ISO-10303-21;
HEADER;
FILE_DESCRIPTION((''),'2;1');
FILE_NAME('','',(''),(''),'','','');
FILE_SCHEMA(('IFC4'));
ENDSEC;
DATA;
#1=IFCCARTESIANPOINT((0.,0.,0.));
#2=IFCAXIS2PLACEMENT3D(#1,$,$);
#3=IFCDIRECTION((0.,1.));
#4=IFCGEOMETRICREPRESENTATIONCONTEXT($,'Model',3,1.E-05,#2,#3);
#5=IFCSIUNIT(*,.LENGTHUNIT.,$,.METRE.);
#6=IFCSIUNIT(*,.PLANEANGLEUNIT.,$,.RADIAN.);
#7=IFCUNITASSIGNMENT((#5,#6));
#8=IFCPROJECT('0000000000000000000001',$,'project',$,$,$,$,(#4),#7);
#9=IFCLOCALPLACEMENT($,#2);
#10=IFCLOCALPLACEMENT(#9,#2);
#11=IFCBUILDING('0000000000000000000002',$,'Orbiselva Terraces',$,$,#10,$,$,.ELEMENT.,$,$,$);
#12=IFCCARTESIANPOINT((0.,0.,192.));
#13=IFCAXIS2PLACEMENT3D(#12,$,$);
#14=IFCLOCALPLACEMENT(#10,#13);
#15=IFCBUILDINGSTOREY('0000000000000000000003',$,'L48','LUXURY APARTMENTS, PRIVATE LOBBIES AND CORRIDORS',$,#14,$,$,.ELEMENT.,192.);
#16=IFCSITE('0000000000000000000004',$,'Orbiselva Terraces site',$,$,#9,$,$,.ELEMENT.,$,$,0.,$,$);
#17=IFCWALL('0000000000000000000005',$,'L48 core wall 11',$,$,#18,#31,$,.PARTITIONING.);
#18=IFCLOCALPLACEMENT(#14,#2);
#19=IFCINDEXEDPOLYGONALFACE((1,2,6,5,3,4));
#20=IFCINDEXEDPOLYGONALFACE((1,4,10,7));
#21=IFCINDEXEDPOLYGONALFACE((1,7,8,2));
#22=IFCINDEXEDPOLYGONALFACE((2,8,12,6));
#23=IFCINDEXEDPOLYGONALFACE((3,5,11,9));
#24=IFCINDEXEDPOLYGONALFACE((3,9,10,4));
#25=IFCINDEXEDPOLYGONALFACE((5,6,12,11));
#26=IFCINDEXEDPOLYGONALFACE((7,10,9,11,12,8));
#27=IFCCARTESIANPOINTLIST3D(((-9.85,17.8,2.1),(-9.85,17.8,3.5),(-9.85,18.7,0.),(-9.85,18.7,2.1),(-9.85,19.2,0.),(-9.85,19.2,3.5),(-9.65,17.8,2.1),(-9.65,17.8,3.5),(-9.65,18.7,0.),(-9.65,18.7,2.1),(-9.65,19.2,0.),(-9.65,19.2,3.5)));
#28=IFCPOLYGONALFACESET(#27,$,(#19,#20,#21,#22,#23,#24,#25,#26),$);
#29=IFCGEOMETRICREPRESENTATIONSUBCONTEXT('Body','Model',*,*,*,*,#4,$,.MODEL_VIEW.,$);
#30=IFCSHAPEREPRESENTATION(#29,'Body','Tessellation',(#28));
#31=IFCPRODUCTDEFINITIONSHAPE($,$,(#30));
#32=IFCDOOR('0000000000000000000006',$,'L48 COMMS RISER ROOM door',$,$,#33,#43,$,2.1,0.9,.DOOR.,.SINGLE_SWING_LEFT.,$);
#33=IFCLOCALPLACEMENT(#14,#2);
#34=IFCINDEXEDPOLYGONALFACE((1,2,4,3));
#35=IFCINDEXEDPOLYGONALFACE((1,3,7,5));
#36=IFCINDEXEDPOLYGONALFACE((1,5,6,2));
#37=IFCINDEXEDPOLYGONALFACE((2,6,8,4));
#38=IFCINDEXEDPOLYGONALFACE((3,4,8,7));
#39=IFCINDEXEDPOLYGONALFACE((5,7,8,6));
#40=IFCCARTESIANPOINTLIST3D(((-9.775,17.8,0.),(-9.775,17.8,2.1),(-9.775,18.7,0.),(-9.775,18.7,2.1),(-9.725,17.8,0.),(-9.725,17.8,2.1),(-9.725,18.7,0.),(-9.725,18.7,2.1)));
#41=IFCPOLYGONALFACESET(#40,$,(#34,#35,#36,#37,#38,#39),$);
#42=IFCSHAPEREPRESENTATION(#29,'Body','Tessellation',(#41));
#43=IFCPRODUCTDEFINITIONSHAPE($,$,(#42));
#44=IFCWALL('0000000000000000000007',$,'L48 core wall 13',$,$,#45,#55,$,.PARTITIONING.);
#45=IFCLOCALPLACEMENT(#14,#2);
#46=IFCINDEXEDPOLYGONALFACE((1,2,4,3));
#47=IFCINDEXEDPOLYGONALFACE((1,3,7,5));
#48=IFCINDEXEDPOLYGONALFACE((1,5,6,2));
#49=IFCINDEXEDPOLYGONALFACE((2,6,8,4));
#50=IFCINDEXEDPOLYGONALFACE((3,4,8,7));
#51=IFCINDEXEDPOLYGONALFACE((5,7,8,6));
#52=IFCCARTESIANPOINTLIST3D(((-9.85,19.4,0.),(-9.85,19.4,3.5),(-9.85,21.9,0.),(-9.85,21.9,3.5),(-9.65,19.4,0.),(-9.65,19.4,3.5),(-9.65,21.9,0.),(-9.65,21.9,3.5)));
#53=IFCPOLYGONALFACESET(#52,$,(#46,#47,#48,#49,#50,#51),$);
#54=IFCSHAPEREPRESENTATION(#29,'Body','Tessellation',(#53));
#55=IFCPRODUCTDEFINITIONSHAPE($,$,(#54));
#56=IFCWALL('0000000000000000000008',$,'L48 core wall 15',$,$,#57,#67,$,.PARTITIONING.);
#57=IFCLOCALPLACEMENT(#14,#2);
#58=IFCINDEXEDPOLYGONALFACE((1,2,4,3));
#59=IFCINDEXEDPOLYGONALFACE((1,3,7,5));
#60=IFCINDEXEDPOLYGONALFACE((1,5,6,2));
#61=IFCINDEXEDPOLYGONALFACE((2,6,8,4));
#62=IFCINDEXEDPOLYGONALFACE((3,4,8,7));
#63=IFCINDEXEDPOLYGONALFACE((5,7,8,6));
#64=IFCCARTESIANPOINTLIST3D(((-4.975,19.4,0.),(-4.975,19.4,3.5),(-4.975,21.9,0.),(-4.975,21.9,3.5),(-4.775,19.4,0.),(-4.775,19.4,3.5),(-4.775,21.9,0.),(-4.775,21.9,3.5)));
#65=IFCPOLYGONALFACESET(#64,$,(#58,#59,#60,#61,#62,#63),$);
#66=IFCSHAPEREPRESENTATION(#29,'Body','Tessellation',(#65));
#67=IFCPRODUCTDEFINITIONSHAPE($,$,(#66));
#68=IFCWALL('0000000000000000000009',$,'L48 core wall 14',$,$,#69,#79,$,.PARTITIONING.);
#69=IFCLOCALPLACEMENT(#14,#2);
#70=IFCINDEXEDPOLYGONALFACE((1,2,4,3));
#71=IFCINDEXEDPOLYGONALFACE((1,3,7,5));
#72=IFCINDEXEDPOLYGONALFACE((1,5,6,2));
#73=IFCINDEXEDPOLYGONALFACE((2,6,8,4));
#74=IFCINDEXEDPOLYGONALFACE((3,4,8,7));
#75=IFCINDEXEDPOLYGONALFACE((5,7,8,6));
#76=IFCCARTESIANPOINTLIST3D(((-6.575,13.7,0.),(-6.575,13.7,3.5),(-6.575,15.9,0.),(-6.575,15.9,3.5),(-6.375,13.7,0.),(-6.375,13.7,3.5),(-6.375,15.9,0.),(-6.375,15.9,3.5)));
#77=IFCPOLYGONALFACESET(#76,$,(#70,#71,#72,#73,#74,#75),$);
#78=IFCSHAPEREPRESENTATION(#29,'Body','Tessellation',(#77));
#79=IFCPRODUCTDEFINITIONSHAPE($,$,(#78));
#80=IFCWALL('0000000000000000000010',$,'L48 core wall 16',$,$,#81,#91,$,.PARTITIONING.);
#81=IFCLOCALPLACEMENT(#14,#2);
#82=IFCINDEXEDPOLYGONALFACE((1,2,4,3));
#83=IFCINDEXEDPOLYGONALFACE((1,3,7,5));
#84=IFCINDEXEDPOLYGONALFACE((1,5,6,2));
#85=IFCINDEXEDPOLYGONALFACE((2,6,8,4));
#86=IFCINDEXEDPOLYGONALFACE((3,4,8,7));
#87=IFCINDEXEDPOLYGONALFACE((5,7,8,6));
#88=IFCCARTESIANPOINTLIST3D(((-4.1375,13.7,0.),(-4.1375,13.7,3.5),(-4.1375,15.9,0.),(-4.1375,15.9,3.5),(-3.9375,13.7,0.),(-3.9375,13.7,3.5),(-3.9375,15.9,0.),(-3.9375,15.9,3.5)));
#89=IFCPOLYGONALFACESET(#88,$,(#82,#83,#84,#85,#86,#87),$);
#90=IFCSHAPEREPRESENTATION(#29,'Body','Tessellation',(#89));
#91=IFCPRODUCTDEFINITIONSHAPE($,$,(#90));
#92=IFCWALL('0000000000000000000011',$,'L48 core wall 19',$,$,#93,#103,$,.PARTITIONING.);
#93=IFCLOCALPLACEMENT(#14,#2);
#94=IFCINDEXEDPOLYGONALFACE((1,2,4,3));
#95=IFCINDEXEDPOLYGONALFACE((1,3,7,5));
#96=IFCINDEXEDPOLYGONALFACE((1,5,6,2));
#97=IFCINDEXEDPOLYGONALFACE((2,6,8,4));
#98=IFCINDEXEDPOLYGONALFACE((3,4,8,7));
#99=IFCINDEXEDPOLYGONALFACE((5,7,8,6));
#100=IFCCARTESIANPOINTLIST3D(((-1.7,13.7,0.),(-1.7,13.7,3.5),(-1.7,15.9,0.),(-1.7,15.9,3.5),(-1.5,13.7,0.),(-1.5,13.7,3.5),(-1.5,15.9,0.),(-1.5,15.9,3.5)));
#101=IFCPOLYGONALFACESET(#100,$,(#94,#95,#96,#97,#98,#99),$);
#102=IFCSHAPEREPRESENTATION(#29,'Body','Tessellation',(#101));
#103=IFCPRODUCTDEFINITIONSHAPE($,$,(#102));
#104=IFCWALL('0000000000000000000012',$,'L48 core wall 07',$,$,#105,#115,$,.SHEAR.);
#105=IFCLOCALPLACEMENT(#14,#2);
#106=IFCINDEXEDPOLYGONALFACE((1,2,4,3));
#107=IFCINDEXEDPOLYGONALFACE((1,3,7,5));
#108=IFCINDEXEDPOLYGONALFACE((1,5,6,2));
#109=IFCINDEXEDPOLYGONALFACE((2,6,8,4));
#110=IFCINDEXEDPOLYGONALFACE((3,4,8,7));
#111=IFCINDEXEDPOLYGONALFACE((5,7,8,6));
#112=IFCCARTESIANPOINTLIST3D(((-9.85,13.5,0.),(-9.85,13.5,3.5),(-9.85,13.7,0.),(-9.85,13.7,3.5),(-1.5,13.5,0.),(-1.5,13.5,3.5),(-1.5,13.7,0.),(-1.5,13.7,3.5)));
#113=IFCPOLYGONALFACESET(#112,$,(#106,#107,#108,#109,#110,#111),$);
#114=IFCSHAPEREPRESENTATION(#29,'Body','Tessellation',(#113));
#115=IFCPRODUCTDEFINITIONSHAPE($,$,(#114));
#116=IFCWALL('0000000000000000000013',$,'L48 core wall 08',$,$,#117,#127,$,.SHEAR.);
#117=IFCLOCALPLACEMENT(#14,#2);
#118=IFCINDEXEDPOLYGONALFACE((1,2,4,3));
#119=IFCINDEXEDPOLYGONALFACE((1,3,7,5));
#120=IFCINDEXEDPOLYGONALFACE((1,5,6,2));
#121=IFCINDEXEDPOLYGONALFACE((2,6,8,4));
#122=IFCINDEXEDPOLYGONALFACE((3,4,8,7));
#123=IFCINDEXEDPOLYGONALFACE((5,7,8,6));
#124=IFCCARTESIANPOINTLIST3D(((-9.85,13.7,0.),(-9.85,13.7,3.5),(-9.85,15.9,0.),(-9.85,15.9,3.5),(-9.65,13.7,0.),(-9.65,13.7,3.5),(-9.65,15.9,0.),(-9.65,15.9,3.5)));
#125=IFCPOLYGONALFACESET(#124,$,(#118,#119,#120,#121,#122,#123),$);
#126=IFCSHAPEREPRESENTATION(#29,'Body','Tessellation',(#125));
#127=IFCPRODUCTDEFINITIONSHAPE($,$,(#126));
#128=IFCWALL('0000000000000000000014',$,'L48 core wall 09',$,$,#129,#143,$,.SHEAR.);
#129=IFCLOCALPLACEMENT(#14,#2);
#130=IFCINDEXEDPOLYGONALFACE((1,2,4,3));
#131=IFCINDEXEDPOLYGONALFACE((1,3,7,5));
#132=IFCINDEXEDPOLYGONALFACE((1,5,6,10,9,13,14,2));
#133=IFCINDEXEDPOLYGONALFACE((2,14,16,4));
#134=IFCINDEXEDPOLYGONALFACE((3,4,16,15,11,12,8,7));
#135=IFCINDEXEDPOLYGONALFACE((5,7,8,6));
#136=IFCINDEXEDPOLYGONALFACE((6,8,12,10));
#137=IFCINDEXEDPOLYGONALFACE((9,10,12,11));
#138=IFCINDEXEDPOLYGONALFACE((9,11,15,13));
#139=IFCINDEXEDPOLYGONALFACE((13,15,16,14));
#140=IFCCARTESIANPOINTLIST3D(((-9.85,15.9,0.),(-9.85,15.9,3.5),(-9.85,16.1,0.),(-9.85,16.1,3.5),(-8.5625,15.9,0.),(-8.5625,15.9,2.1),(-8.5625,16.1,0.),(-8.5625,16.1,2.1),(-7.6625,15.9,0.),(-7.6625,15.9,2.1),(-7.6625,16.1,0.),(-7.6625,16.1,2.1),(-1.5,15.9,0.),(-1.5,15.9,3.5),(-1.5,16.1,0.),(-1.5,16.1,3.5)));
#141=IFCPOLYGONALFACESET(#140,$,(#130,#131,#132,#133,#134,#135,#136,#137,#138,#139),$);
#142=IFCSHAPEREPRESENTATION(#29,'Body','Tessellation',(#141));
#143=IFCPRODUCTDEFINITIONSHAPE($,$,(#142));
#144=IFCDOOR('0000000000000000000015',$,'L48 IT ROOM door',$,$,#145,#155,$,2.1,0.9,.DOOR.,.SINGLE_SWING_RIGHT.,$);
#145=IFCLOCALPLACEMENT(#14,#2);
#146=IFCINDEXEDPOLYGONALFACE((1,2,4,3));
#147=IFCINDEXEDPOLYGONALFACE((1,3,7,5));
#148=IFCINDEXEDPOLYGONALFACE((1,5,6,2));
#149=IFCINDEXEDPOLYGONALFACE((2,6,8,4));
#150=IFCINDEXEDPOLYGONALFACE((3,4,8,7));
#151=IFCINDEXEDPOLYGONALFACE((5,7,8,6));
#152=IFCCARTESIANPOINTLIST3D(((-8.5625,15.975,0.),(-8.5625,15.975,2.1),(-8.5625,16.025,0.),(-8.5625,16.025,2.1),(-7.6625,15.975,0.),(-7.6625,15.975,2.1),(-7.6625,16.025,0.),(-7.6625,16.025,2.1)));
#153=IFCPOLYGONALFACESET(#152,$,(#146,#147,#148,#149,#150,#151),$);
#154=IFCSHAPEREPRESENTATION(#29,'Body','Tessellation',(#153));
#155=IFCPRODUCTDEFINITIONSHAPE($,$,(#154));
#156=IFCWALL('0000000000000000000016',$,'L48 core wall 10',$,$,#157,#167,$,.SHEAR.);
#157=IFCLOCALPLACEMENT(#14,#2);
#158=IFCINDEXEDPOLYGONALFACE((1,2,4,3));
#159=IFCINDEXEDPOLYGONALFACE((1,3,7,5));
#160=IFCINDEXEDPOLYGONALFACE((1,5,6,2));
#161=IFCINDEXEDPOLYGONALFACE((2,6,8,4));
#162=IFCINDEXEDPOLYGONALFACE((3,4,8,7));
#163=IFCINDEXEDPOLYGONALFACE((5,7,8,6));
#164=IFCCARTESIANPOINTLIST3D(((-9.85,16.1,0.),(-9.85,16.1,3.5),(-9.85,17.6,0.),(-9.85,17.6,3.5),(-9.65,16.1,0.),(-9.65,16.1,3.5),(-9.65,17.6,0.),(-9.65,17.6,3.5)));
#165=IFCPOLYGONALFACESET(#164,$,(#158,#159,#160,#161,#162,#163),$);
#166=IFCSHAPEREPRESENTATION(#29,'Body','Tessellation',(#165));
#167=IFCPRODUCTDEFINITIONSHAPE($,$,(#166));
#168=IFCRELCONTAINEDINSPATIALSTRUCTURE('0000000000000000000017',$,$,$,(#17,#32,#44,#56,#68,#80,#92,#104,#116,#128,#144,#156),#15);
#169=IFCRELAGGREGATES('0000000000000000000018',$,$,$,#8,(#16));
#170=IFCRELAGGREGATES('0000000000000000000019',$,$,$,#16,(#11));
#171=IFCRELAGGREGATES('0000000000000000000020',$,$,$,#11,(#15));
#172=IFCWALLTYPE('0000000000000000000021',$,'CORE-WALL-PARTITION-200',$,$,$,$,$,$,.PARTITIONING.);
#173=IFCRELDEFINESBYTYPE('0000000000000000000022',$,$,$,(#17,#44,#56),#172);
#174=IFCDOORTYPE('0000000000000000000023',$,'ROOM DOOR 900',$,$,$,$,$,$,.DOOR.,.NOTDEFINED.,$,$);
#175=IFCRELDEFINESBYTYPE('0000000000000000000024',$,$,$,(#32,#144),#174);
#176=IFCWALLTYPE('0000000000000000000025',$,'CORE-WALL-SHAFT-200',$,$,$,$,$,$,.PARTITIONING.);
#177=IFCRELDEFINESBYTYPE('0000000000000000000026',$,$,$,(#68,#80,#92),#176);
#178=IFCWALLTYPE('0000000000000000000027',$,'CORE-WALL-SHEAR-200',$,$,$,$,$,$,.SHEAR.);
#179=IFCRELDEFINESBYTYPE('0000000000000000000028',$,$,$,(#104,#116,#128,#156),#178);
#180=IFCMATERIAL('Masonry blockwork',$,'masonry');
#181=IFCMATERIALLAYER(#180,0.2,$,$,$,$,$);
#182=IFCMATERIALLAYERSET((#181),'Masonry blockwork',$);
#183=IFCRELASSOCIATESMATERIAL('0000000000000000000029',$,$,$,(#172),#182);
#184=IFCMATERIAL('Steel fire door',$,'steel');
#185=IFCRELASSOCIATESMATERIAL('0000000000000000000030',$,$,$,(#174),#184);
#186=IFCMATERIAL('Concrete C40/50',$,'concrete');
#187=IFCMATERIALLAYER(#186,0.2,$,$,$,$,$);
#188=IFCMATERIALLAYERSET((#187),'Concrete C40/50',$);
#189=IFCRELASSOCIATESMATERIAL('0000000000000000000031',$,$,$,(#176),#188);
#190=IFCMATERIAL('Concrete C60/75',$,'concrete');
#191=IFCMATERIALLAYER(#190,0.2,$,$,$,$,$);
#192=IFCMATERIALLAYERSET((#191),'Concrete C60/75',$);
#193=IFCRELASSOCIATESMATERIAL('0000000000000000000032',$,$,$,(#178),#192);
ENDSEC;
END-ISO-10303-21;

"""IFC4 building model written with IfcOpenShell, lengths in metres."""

from ifc_helpers import new_model, si_unit, direction, frame, frame_2d, origin, place, context, subcontext, project, spatial, rectangle, extrude, material, layer, layer_set, type_object, element, fill, save


model = new_model("IFC4")

# Units and contexts
model_context = context("Model", 3, precision=1e-05, world=origin(), true_north=direction((0.0, 1.0)))
body_context = subcontext(model_context, "Body", "Model", "MODEL_VIEW")
ifc_project = project(units=[si_unit("LENGTHUNIT", "METRE"), si_unit("PLANEANGLEUNIT", "RADIAN")], contexts=[model_context])

# Site, building, storey
site_placement = place(None, origin())
site = spatial("IfcSite", under=ifc_project, at=site_placement, Name="Orbiselva Terraces site", CompositionType="ELEMENT", RefElevation=0.0)
building_placement = place(site_placement, origin())
building = spatial("IfcBuilding", under=site, at=building_placement, Name="Orbiselva Terraces", CompositionType="ELEMENT")
storey_placement = place(building_placement, frame((0.0, 0.0, 192.0)))
storey = spatial("IfcBuildingStorey", under=building, at=storey_placement, Name="L48", Description="LUXURY APARTMENTS, PRIVATE LOBBIES AND CORRIDORS", CompositionType="ELEMENT", Elevation=192.0)

# Wall, opening, door
ifc_material_1 = material(Name="Masonry blockwork", Category="masonry")
ifc_layer_1 = layer(ifc_material_1, 0.2)
ifc_layer_set_1 = layer_set([ifc_layer_1], Name="Masonry blockwork")
wall_type_1 = type_object("IfcWallType", Name="CORE-WALL-PARTITION-200", PredefinedType="PARTITIONING", material=ifc_layer_set_1)
wall_1_placement = place(storey_placement, frame((-9.75, 17.8, 0.0), z_axis=(0.0, 0.0, 1.0), x_axis=(0.0, 1.0, 0.0)))
wall_1 = element("IfcWall", 1, at=wall_1_placement, inside=storey, type_object=wall_type_1, Name="L48 core wall 11", PredefinedType="PARTITIONING", context=body_context, shape_type="SweptSolid", body=[
    extrude(rectangle(XDim=1.4, YDim=0.2, at=frame_2d((0.7, 0.0))), origin(), (0.0, 0.0, 1.0), 3.5),
])
opening_1_placement = place(wall_1_placement, origin())
opening_1 = element("IfcOpeningElement", 2, at=opening_1_placement, cuts=wall_1, PredefinedType="OPENING", context=body_context, shape_type="SweptSolid", body=[
    extrude(rectangle(XDim=0.9, YDim=2.1, at=frame_2d((0.45, 1.05))), frame((0.0, 0.11, 0.0), z_axis=(0.0, -1.0, 0.0), x_axis=(1.0, 0.0, 0.0)), (0.0, 0.0, 1.0), 0.22),
])
ifc_material_2 = material(Name="Steel fire door", Category="steel")
door_type_1 = type_object("IfcDoorType", Name="ROOM DOOR 900", OperationType="NOTDEFINED", PredefinedType="DOOR", material=ifc_material_2)
door_1_placement = place(opening_1_placement, origin())
door_1 = element("IfcDoor", 3, at=door_1_placement, inside=storey, type_object=door_type_1, Name="L48 COMMS RISER ROOM door", OperationType="SINGLE_SWING_LEFT", OverallHeight=2.1, OverallWidth=0.9, PredefinedType="DOOR", context=body_context, shape_type="SweptSolid", body=[
    extrude(rectangle(XDim=0.9, YDim=2.1, at=frame_2d((0.45, 1.05))), frame((0.0, 0.025, 0.0), z_axis=(0.0, -1.0, 0.0), x_axis=(1.0, 0.0, 0.0)), (0.0, 0.0, 1.0), 0.05),
])
fill(opening_1, door_1)

# Walls
for number, where, z_axis, x_axis, name in (
    (4, (-9.75, 19.4, 0.0), (0.0, 0.0, 1.0), (0.0, 1.0, 0.0), "L48 core wall 13"),
    (5, (-4.875, 19.4, 0.0), (0.0, 0.0, 1.0), (0.0, 1.0, 0.0), "L48 core wall 15"),
):
    element("IfcWall", number, at=place(storey_placement, frame(where, z_axis=z_axis, x_axis=x_axis)), inside=storey, type_object=wall_type_1, Name=name, PredefinedType="PARTITIONING", context=body_context, shape_type="SweptSolid", body=[
        extrude(rectangle(XDim=2.5, YDim=0.2, at=frame_2d((1.25, 0.0))), origin(), (0.0, 0.0, 1.0), 3.5),
    ])
ifc_material_3 = material(Name="Concrete C40/50", Category="concrete")
ifc_layer_2 = layer(ifc_material_3, 0.2)
ifc_layer_set_2 = layer_set([ifc_layer_2], Name="Concrete C40/50")
wall_type_2 = type_object("IfcWallType", Name="CORE-WALL-SHAFT-200", PredefinedType="PARTITIONING", material=ifc_layer_set_2)
for number, where, z_axis, x_axis, name in (
    (6, (-6.475, 13.7, 0.0), (0.0, 0.0, 1.0), (0.0, 1.0, 0.0), "L48 core wall 14"),
    (7, (-4.0375, 13.7, 0.0), (0.0, 0.0, 1.0), (0.0, 1.0, 0.0), "L48 core wall 16"),
    (8, (-1.6, 13.7, 0.0), (0.0, 0.0, 1.0), (0.0, 1.0, 0.0), "L48 core wall 19"),
):
    element("IfcWall", number, at=place(storey_placement, frame(where, z_axis=z_axis, x_axis=x_axis)), inside=storey, type_object=wall_type_2, Name=name, PredefinedType="PARTITIONING", context=body_context, shape_type="SweptSolid", body=[
        extrude(rectangle(XDim=2.2, YDim=0.2, at=frame_2d((1.1, 0.0))), origin(), (0.0, 0.0, 1.0), 3.5),
    ])
ifc_material_4 = material(Name="Concrete C60/75", Category="concrete")
ifc_layer_3 = layer(ifc_material_4, 0.2)
ifc_layer_set_3 = layer_set([ifc_layer_3], Name="Concrete C60/75")
wall_type_3 = type_object("IfcWallType", Name="CORE-WALL-SHEAR-200", PredefinedType="SHEAR", material=ifc_layer_set_3)
wall_2_placement = place(storey_placement, frame((-9.85, 13.6, 0.0), z_axis=(0.0, 0.0, 1.0), x_axis=(1.0, 0.0, 0.0)))
element("IfcWall", 9, at=wall_2_placement, inside=storey, type_object=wall_type_3, Name="L48 core wall 07", PredefinedType="SHEAR", context=body_context, shape_type="SweptSolid", body=[
    extrude(rectangle(XDim=8.35, YDim=0.2, at=frame_2d((4.175, 0.0))), origin(), (0.0, 0.0, 1.0), 3.5),
])
wall_3_placement = place(storey_placement, frame((-9.75, 13.7, 0.0), z_axis=(0.0, 0.0, 1.0), x_axis=(0.0, 1.0, 0.0)))
element("IfcWall", 10, at=wall_3_placement, inside=storey, type_object=wall_type_3, Name="L48 core wall 08", PredefinedType="SHEAR", context=body_context, shape_type="SweptSolid", body=[
    extrude(rectangle(XDim=2.2, YDim=0.2, at=frame_2d((1.1, 0.0))), origin(), (0.0, 0.0, 1.0), 3.5),
])

# Wall, opening, door
wall_4_placement = place(storey_placement, frame((-1.5, 16.0, 0.0), z_axis=(0.0, 0.0, 1.0), x_axis=(-1.0, 0.0, 0.0)))
wall_4 = element("IfcWall", 11, at=wall_4_placement, inside=storey, type_object=wall_type_3, Name="L48 core wall 09", PredefinedType="SHEAR", context=body_context, shape_type="SweptSolid", body=[
    extrude(rectangle(XDim=8.35, YDim=0.2, at=frame_2d((4.175, 0.0))), origin(), (0.0, 0.0, 1.0), 3.5),
])
opening_2_placement = place(wall_4_placement, frame((6.1625, 0.0, 0.0)))
opening_2 = element("IfcOpeningElement", 12, at=opening_2_placement, cuts=wall_4, PredefinedType="OPENING", context=body_context, shape_type="SweptSolid", body=[
    extrude(rectangle(XDim=0.9, YDim=2.1, at=frame_2d((0.45, 1.05))), frame((0.0, 0.11, 0.0), z_axis=(0.0, -1.0, 0.0), x_axis=(1.0, 0.0, 0.0)), (0.0, 0.0, 1.0), 0.22),
])
door_2_placement = place(opening_2_placement, origin())
door_2 = element("IfcDoor", 13, at=door_2_placement, inside=storey, type_object=door_type_1, Name="L48 IT ROOM door", OperationType="SINGLE_SWING_RIGHT", OverallHeight=2.1, OverallWidth=0.9, PredefinedType="DOOR", context=body_context, shape_type="SweptSolid", body=[
    extrude(rectangle(XDim=0.9, YDim=2.1, at=frame_2d((0.45, 1.05))), frame((0.0, 0.025, 0.0), z_axis=(0.0, -1.0, 0.0), x_axis=(1.0, 0.0, 0.0)), (0.0, 0.0, 1.0), 0.05),
])
fill(opening_2, door_2)

# Wall
wall_5_placement = place(storey_placement, frame((-9.75, 16.1, 0.0), z_axis=(0.0, 0.0, 1.0), x_axis=(0.0, 1.0, 0.0)))
element("IfcWall", 14, at=wall_5_placement, inside=storey, type_object=wall_type_3, Name="L48 core wall 10", PredefinedType="SHEAR", context=body_context, shape_type="SweptSolid", body=[
    extrude(rectangle(XDim=1.5, YDim=0.2, at=frame_2d((0.75, 0.0))), origin(), (0.0, 0.0, 1.0), 3.5),
])

save(model, "model.ifc")
